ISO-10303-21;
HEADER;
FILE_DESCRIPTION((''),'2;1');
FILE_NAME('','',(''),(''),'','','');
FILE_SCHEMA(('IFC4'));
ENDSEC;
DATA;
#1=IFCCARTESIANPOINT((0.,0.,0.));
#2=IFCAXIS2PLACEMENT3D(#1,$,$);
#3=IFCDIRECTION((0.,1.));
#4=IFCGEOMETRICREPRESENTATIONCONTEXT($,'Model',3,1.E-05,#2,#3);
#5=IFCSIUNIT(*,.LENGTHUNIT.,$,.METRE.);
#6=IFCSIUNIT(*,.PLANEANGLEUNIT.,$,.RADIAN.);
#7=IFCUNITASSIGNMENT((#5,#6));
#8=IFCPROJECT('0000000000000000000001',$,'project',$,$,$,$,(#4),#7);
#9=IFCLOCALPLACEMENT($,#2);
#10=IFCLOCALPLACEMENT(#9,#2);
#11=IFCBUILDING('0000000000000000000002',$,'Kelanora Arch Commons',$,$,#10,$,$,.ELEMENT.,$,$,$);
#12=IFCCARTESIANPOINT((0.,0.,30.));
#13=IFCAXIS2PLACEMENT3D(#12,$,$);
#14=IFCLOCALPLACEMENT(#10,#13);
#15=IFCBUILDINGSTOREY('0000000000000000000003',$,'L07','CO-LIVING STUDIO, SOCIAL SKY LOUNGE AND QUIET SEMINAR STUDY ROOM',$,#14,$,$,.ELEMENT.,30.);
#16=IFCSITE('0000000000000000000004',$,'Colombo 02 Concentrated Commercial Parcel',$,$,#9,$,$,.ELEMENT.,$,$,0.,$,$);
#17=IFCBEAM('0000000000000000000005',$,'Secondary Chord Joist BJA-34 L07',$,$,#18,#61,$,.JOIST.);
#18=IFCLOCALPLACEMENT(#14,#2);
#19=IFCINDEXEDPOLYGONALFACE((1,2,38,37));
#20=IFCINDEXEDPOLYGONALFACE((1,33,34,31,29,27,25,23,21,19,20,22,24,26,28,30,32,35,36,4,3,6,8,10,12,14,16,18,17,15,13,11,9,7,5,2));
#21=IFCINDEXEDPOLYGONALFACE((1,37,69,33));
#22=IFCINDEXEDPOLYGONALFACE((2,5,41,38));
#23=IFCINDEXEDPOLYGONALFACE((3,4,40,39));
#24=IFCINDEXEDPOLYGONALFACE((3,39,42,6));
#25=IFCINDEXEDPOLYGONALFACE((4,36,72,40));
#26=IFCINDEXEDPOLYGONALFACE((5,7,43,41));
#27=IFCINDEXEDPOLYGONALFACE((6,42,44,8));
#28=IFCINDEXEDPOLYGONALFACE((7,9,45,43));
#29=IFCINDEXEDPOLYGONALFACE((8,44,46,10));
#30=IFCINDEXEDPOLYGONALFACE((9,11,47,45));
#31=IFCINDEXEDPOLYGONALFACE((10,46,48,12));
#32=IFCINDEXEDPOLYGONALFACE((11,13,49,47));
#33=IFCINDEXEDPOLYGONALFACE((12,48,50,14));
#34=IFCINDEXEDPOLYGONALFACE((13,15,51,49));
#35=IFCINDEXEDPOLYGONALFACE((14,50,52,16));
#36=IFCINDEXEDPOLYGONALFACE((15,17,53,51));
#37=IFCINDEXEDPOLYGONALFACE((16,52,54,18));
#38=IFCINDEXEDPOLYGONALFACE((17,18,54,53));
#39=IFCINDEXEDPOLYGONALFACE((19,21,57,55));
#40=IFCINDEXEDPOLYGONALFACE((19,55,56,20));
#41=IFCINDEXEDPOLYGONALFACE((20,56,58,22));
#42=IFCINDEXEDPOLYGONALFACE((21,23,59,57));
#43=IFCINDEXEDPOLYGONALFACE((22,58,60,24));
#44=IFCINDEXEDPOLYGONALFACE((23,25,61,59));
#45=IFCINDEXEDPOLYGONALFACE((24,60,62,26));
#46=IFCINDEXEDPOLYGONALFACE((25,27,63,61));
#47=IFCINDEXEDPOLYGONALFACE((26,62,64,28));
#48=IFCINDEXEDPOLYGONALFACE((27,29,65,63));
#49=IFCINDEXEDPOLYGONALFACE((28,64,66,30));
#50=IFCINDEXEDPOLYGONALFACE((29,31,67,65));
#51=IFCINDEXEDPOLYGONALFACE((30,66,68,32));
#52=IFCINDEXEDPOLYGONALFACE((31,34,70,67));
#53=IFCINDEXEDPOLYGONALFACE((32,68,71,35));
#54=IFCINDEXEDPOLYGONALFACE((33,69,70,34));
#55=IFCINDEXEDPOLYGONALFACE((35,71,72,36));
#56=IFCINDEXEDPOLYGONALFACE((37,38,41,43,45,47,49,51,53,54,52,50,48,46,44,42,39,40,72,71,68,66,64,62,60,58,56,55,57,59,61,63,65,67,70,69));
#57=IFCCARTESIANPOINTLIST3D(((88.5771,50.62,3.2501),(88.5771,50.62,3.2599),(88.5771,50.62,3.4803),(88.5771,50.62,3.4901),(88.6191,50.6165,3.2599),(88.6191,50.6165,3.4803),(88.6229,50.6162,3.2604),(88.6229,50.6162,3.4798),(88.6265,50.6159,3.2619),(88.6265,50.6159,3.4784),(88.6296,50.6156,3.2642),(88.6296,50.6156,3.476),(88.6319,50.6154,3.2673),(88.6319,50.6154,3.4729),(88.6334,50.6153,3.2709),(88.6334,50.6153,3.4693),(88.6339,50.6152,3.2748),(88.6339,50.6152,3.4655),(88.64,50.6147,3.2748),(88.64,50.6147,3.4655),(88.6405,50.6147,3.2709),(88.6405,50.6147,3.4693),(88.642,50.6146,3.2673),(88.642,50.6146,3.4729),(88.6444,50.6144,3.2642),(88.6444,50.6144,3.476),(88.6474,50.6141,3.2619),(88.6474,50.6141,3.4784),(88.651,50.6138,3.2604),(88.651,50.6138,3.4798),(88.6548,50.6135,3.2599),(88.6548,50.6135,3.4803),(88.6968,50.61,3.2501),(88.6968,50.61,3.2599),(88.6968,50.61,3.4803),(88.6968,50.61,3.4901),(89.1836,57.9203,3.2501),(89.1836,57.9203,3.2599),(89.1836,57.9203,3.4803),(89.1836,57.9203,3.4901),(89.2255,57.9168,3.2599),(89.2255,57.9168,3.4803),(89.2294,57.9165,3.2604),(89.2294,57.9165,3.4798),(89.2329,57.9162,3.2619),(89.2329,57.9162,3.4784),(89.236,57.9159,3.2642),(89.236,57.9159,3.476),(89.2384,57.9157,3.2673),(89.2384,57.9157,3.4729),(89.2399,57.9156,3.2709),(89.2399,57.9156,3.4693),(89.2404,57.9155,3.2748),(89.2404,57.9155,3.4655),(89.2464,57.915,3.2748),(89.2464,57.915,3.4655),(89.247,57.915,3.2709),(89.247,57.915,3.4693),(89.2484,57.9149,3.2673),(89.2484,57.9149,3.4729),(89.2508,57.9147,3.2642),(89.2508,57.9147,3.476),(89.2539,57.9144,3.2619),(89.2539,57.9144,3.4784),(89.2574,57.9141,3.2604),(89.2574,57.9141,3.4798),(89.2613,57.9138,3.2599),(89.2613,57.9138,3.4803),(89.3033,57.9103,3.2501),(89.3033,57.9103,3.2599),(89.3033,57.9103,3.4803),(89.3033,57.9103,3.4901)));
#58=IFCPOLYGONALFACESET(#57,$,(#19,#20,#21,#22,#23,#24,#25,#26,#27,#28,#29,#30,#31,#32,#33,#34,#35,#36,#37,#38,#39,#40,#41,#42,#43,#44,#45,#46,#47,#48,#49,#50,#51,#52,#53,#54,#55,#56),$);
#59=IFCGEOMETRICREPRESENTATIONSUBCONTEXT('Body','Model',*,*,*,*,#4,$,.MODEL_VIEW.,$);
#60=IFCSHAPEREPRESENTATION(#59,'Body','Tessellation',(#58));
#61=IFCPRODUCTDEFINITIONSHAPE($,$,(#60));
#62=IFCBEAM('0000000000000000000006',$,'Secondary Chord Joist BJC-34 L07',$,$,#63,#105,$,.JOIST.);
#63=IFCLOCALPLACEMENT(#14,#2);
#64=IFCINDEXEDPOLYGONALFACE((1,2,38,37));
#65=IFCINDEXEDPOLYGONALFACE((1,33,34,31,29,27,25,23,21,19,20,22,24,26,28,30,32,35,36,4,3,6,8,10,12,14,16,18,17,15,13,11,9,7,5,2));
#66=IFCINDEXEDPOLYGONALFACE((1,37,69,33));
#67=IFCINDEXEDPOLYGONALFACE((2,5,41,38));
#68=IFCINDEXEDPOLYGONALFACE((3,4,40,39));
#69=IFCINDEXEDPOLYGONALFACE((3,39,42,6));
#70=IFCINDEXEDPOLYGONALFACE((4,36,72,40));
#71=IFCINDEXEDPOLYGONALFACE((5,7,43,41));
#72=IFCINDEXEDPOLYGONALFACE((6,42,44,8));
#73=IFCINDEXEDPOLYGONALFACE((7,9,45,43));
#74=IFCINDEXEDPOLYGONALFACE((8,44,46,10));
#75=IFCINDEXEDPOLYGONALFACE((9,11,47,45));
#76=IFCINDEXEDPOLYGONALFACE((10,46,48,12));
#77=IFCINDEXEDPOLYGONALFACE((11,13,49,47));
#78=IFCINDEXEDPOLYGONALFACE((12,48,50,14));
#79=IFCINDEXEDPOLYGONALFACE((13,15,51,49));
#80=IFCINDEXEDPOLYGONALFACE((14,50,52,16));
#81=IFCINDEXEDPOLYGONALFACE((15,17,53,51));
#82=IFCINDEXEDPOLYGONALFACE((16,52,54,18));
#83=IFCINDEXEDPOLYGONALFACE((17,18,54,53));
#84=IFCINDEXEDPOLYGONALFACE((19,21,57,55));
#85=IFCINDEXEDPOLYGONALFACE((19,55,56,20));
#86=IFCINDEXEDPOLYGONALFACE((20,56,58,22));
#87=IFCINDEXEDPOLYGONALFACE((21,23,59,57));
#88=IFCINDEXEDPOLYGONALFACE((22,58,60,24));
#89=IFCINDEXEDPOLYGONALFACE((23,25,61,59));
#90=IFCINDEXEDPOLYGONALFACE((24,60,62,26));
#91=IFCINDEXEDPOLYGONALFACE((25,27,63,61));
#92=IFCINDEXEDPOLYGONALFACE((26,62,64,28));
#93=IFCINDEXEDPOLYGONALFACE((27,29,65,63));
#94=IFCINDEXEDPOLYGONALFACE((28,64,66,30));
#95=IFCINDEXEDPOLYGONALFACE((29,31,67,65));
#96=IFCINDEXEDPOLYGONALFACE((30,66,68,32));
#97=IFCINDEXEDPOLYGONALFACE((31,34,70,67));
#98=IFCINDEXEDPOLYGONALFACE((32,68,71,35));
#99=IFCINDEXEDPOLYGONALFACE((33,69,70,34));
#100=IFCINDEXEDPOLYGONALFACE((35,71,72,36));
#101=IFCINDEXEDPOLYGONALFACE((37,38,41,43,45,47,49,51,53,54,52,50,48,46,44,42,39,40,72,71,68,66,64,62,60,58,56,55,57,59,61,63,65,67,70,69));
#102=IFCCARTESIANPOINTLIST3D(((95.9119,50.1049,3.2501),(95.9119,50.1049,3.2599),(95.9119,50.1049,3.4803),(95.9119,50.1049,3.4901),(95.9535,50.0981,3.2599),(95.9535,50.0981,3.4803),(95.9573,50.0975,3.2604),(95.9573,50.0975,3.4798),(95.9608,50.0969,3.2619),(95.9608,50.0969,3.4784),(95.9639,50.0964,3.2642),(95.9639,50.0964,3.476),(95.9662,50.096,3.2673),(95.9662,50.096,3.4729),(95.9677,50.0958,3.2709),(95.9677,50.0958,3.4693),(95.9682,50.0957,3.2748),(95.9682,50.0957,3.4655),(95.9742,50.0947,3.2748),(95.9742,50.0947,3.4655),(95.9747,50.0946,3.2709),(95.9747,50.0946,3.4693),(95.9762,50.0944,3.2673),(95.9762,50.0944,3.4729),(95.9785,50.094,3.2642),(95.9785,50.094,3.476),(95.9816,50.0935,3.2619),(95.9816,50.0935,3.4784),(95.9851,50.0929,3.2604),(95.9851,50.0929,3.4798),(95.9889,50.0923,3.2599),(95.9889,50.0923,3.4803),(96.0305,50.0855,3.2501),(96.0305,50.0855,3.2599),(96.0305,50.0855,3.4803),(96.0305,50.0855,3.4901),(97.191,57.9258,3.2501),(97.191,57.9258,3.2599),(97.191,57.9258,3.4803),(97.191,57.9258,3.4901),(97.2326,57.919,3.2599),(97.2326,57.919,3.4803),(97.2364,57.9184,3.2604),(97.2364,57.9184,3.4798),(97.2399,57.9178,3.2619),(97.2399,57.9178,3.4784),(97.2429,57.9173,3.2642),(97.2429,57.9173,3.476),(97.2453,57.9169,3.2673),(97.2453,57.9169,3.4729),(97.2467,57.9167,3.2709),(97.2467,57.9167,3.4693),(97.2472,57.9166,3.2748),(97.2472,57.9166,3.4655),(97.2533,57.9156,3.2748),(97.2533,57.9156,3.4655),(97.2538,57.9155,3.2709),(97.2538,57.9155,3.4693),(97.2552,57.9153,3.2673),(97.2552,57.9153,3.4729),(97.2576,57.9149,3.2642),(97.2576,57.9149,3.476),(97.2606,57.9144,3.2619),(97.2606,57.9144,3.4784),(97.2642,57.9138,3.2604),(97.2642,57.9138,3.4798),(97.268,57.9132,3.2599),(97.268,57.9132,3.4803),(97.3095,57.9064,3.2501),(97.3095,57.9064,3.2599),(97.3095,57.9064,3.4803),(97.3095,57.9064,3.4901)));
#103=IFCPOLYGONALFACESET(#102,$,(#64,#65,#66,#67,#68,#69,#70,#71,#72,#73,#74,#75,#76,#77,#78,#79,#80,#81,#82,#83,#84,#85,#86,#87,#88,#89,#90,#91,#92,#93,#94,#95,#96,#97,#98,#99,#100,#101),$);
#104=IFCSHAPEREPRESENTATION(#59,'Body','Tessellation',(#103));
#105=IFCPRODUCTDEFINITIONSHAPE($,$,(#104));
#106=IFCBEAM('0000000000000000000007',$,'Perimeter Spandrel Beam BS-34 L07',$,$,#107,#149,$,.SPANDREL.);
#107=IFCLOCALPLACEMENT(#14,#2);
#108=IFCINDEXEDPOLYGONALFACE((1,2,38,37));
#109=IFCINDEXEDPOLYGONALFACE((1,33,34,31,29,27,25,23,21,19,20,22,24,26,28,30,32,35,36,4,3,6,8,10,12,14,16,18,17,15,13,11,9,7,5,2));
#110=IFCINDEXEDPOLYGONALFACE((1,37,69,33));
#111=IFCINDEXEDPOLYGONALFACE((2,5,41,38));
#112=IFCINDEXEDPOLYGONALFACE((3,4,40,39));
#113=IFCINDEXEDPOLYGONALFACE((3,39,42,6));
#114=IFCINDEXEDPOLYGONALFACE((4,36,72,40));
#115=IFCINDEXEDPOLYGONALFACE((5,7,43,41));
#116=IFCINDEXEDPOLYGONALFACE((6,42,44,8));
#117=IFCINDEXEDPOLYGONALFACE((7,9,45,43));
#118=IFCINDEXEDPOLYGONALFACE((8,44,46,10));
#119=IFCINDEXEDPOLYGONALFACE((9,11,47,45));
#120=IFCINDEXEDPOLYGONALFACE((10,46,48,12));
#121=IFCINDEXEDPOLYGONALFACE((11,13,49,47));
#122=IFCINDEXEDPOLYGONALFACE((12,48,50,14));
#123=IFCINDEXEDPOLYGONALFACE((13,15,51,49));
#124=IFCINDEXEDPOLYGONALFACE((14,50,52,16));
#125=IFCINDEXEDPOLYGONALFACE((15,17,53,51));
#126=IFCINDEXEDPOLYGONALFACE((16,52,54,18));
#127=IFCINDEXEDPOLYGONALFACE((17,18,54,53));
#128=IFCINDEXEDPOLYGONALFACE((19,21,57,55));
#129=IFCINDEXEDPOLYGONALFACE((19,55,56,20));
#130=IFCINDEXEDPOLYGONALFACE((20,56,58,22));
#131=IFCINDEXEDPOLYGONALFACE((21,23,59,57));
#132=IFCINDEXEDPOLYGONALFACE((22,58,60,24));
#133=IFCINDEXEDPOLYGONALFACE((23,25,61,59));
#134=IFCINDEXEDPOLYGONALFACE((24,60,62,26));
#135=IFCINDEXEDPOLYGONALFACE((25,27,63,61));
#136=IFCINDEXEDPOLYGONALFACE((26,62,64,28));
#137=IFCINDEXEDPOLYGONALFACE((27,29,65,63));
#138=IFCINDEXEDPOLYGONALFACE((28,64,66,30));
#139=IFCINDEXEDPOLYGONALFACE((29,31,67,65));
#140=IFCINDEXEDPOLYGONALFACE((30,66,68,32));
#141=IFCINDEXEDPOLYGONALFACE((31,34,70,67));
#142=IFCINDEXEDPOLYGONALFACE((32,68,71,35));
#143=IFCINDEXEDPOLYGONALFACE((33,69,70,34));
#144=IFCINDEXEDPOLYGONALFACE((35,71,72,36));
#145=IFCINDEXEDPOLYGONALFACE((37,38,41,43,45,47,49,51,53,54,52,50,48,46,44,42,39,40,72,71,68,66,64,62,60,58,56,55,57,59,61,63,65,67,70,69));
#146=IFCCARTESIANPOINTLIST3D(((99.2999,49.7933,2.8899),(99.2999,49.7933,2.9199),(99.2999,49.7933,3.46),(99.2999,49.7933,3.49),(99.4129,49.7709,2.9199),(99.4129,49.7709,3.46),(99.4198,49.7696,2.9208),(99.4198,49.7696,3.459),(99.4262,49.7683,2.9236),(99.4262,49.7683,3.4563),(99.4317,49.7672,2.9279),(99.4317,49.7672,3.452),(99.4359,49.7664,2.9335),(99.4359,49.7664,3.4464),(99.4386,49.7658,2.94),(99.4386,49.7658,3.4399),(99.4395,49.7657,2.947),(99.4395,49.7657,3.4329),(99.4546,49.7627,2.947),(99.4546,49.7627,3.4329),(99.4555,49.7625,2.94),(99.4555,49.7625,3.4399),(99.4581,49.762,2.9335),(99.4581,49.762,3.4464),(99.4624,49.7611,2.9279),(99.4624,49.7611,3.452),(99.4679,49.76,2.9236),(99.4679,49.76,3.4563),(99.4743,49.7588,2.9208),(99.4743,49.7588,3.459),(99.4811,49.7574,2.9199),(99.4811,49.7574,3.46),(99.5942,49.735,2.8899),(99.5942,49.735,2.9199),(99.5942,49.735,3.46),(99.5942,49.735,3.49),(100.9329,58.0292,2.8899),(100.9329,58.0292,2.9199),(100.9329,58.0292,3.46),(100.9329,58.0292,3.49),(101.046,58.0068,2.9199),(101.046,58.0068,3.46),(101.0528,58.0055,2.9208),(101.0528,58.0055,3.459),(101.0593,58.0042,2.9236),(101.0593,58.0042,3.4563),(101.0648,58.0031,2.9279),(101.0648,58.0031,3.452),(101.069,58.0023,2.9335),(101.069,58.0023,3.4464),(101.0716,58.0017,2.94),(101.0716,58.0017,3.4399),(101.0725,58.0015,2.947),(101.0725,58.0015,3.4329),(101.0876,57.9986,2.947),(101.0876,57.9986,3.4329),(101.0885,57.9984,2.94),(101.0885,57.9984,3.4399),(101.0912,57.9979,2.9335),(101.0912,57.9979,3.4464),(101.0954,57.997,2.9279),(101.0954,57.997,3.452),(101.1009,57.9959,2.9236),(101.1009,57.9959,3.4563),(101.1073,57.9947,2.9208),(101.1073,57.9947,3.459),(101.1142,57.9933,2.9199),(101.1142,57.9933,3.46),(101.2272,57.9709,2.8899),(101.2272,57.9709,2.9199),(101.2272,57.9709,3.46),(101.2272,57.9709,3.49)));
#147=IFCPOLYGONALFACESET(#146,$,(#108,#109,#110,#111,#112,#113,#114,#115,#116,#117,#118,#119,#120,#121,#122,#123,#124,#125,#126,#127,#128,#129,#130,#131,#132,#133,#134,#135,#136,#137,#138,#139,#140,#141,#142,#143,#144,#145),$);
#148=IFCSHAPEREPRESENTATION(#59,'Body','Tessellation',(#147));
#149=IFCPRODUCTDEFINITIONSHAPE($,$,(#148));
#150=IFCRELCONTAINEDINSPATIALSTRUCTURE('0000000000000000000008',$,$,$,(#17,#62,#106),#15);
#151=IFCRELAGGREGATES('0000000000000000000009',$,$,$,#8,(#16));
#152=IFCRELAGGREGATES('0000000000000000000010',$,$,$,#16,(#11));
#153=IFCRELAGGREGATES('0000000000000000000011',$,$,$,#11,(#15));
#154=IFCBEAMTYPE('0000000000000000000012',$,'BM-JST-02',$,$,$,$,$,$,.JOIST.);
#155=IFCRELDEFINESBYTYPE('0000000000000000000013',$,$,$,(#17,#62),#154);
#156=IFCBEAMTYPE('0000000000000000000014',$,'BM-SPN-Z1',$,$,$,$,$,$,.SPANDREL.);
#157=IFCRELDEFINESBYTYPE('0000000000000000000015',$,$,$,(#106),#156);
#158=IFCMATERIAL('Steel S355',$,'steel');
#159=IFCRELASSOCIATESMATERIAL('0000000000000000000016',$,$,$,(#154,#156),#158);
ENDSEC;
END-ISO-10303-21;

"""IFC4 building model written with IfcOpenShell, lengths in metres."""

from ifc_helpers import new_model, si_unit, direction, frame, origin, origin_2d, place, context, subcontext, project, spatial, i_section, extrude, material, material_profile, profile_set, type_object, element, save


model = new_model("IFC4")

# Units and contexts
model_context = context("Model", 3, precision=1e-05, world=origin(), true_north=direction((0.0, 1.0)))
body_context = subcontext(model_context, "Body", "Model", "MODEL_VIEW")
ifc_project = project(units=[si_unit("LENGTHUNIT", "METRE"), si_unit("PLANEANGLEUNIT", "RADIAN")], contexts=[model_context])

# Site, building, storey
site_placement = place(None, origin())
site = spatial("IfcSite", under=ifc_project, at=site_placement, Name="Colombo 02 Concentrated Commercial Parcel", CompositionType="ELEMENT", RefElevation=0.0)
building_placement = place(site_placement, origin())
building = spatial("IfcBuilding", under=site, at=building_placement, Name="Kelanora Arch Commons", CompositionType="ELEMENT")
storey_placement = place(building_placement, frame((0.0, 0.0, 30.0)))
storey = spatial("IfcBuildingStorey", under=building, at=storey_placement, Name="L07", Description="CO-LIVING STUDIO, SOCIAL SKY LOUNGE AND QUIET SEMINAR STUDY ROOM", CompositionType="ELEMENT", Elevation=30.0)

# Beams
ifc_material_1 = material(Name="Steel S355", Category="steel")
ifc_material_profile_1 = material_profile(ifc_material_1, i_section(OverallWidth=0.1201, OverallDepth=0.24, WebThickness=0.0061, FlangeThickness=0.0098, FilletRadius=0.0149, at=origin_2d()), Name="IPE240")
ifc_profile_set_1 = profile_set([ifc_material_profile_1], Name="Steel S355")
beam_type_1 = type_object("IfcBeamType", Name="BM-JST-02", PredefinedType="JOIST", material=ifc_profile_set_1)
beam_1_placement = place(storey_placement, frame((88.637, 50.615, 3.3701), z_axis=(0.082786, 0.996567, 0.0), x_axis=(-0.996567, 0.082786, 0.0)))
element("IfcBeam", 1, at=beam_1_placement, inside=storey, type_object=beam_type_1, Name="Secondary Chord Joist BJA-34 L07", PredefinedType="JOIST", context=body_context, shape_type="SweptSolid", body=[
    extrude(i_section(OverallWidth=0.1201, OverallDepth=0.24, WebThickness=0.0061, FlangeThickness=0.0098, FilletRadius=0.0149, at=origin_2d()), origin(), (0.0, 0.0, 1.0), 7.3254),
])
beam_2_placement = place(storey_placement, frame((95.9712, 50.0952, 3.3701), z_axis=(0.161401, 0.986889, 0.0), x_axis=(-0.986889, 0.161401, 0.0)))
element("IfcBeam", 2, at=beam_2_placement, inside=storey, type_object=beam_type_1, Name="Secondary Chord Joist BJC-34 L07", PredefinedType="JOIST", context=body_context, shape_type="SweptSolid", body=[
    extrude(i_section(OverallWidth=0.1201, OverallDepth=0.24, WebThickness=0.0061, FlangeThickness=0.0098, FilletRadius=0.0149, at=origin_2d()), origin(), (0.0, 0.0, 1.0), 7.9248),
])
ifc_material_profile_2 = material_profile(ifc_material_1, i_section(OverallWidth=0.3, OverallDepth=0.6001, WebThickness=0.0154, FlangeThickness=0.03, FilletRadius=0.0271, at=origin_2d()), Name="HEB600")
ifc_profile_set_2 = profile_set([ifc_material_profile_2], Name="Steel S355")
beam_type_2 = type_object("IfcBeamType", Name="BM-SPN-Z1", PredefinedType="SPANDREL", material=ifc_profile_set_2)
beam_3_placement = place(storey_placement, frame((99.447, 49.7642, 3.1899), z_axis=(0.1945, 0.980903, 0.0), x_axis=(-0.980903, 0.1945, 0.0)))
element("IfcBeam", 3, at=beam_3_placement, inside=storey, type_object=beam_type_2, Name="Perimeter Spandrel Beam BS-34 L07", PredefinedType="SPANDREL", context=body_context, shape_type="SweptSolid", body=[
    extrude(i_section(OverallWidth=0.3, OverallDepth=0.6001, WebThickness=0.0154, FlangeThickness=0.03, FilletRadius=0.0271, at=origin_2d()), origin(), (0.0, 0.0, 1.0), 8.3962),
])

save(model, "model.ifc")
